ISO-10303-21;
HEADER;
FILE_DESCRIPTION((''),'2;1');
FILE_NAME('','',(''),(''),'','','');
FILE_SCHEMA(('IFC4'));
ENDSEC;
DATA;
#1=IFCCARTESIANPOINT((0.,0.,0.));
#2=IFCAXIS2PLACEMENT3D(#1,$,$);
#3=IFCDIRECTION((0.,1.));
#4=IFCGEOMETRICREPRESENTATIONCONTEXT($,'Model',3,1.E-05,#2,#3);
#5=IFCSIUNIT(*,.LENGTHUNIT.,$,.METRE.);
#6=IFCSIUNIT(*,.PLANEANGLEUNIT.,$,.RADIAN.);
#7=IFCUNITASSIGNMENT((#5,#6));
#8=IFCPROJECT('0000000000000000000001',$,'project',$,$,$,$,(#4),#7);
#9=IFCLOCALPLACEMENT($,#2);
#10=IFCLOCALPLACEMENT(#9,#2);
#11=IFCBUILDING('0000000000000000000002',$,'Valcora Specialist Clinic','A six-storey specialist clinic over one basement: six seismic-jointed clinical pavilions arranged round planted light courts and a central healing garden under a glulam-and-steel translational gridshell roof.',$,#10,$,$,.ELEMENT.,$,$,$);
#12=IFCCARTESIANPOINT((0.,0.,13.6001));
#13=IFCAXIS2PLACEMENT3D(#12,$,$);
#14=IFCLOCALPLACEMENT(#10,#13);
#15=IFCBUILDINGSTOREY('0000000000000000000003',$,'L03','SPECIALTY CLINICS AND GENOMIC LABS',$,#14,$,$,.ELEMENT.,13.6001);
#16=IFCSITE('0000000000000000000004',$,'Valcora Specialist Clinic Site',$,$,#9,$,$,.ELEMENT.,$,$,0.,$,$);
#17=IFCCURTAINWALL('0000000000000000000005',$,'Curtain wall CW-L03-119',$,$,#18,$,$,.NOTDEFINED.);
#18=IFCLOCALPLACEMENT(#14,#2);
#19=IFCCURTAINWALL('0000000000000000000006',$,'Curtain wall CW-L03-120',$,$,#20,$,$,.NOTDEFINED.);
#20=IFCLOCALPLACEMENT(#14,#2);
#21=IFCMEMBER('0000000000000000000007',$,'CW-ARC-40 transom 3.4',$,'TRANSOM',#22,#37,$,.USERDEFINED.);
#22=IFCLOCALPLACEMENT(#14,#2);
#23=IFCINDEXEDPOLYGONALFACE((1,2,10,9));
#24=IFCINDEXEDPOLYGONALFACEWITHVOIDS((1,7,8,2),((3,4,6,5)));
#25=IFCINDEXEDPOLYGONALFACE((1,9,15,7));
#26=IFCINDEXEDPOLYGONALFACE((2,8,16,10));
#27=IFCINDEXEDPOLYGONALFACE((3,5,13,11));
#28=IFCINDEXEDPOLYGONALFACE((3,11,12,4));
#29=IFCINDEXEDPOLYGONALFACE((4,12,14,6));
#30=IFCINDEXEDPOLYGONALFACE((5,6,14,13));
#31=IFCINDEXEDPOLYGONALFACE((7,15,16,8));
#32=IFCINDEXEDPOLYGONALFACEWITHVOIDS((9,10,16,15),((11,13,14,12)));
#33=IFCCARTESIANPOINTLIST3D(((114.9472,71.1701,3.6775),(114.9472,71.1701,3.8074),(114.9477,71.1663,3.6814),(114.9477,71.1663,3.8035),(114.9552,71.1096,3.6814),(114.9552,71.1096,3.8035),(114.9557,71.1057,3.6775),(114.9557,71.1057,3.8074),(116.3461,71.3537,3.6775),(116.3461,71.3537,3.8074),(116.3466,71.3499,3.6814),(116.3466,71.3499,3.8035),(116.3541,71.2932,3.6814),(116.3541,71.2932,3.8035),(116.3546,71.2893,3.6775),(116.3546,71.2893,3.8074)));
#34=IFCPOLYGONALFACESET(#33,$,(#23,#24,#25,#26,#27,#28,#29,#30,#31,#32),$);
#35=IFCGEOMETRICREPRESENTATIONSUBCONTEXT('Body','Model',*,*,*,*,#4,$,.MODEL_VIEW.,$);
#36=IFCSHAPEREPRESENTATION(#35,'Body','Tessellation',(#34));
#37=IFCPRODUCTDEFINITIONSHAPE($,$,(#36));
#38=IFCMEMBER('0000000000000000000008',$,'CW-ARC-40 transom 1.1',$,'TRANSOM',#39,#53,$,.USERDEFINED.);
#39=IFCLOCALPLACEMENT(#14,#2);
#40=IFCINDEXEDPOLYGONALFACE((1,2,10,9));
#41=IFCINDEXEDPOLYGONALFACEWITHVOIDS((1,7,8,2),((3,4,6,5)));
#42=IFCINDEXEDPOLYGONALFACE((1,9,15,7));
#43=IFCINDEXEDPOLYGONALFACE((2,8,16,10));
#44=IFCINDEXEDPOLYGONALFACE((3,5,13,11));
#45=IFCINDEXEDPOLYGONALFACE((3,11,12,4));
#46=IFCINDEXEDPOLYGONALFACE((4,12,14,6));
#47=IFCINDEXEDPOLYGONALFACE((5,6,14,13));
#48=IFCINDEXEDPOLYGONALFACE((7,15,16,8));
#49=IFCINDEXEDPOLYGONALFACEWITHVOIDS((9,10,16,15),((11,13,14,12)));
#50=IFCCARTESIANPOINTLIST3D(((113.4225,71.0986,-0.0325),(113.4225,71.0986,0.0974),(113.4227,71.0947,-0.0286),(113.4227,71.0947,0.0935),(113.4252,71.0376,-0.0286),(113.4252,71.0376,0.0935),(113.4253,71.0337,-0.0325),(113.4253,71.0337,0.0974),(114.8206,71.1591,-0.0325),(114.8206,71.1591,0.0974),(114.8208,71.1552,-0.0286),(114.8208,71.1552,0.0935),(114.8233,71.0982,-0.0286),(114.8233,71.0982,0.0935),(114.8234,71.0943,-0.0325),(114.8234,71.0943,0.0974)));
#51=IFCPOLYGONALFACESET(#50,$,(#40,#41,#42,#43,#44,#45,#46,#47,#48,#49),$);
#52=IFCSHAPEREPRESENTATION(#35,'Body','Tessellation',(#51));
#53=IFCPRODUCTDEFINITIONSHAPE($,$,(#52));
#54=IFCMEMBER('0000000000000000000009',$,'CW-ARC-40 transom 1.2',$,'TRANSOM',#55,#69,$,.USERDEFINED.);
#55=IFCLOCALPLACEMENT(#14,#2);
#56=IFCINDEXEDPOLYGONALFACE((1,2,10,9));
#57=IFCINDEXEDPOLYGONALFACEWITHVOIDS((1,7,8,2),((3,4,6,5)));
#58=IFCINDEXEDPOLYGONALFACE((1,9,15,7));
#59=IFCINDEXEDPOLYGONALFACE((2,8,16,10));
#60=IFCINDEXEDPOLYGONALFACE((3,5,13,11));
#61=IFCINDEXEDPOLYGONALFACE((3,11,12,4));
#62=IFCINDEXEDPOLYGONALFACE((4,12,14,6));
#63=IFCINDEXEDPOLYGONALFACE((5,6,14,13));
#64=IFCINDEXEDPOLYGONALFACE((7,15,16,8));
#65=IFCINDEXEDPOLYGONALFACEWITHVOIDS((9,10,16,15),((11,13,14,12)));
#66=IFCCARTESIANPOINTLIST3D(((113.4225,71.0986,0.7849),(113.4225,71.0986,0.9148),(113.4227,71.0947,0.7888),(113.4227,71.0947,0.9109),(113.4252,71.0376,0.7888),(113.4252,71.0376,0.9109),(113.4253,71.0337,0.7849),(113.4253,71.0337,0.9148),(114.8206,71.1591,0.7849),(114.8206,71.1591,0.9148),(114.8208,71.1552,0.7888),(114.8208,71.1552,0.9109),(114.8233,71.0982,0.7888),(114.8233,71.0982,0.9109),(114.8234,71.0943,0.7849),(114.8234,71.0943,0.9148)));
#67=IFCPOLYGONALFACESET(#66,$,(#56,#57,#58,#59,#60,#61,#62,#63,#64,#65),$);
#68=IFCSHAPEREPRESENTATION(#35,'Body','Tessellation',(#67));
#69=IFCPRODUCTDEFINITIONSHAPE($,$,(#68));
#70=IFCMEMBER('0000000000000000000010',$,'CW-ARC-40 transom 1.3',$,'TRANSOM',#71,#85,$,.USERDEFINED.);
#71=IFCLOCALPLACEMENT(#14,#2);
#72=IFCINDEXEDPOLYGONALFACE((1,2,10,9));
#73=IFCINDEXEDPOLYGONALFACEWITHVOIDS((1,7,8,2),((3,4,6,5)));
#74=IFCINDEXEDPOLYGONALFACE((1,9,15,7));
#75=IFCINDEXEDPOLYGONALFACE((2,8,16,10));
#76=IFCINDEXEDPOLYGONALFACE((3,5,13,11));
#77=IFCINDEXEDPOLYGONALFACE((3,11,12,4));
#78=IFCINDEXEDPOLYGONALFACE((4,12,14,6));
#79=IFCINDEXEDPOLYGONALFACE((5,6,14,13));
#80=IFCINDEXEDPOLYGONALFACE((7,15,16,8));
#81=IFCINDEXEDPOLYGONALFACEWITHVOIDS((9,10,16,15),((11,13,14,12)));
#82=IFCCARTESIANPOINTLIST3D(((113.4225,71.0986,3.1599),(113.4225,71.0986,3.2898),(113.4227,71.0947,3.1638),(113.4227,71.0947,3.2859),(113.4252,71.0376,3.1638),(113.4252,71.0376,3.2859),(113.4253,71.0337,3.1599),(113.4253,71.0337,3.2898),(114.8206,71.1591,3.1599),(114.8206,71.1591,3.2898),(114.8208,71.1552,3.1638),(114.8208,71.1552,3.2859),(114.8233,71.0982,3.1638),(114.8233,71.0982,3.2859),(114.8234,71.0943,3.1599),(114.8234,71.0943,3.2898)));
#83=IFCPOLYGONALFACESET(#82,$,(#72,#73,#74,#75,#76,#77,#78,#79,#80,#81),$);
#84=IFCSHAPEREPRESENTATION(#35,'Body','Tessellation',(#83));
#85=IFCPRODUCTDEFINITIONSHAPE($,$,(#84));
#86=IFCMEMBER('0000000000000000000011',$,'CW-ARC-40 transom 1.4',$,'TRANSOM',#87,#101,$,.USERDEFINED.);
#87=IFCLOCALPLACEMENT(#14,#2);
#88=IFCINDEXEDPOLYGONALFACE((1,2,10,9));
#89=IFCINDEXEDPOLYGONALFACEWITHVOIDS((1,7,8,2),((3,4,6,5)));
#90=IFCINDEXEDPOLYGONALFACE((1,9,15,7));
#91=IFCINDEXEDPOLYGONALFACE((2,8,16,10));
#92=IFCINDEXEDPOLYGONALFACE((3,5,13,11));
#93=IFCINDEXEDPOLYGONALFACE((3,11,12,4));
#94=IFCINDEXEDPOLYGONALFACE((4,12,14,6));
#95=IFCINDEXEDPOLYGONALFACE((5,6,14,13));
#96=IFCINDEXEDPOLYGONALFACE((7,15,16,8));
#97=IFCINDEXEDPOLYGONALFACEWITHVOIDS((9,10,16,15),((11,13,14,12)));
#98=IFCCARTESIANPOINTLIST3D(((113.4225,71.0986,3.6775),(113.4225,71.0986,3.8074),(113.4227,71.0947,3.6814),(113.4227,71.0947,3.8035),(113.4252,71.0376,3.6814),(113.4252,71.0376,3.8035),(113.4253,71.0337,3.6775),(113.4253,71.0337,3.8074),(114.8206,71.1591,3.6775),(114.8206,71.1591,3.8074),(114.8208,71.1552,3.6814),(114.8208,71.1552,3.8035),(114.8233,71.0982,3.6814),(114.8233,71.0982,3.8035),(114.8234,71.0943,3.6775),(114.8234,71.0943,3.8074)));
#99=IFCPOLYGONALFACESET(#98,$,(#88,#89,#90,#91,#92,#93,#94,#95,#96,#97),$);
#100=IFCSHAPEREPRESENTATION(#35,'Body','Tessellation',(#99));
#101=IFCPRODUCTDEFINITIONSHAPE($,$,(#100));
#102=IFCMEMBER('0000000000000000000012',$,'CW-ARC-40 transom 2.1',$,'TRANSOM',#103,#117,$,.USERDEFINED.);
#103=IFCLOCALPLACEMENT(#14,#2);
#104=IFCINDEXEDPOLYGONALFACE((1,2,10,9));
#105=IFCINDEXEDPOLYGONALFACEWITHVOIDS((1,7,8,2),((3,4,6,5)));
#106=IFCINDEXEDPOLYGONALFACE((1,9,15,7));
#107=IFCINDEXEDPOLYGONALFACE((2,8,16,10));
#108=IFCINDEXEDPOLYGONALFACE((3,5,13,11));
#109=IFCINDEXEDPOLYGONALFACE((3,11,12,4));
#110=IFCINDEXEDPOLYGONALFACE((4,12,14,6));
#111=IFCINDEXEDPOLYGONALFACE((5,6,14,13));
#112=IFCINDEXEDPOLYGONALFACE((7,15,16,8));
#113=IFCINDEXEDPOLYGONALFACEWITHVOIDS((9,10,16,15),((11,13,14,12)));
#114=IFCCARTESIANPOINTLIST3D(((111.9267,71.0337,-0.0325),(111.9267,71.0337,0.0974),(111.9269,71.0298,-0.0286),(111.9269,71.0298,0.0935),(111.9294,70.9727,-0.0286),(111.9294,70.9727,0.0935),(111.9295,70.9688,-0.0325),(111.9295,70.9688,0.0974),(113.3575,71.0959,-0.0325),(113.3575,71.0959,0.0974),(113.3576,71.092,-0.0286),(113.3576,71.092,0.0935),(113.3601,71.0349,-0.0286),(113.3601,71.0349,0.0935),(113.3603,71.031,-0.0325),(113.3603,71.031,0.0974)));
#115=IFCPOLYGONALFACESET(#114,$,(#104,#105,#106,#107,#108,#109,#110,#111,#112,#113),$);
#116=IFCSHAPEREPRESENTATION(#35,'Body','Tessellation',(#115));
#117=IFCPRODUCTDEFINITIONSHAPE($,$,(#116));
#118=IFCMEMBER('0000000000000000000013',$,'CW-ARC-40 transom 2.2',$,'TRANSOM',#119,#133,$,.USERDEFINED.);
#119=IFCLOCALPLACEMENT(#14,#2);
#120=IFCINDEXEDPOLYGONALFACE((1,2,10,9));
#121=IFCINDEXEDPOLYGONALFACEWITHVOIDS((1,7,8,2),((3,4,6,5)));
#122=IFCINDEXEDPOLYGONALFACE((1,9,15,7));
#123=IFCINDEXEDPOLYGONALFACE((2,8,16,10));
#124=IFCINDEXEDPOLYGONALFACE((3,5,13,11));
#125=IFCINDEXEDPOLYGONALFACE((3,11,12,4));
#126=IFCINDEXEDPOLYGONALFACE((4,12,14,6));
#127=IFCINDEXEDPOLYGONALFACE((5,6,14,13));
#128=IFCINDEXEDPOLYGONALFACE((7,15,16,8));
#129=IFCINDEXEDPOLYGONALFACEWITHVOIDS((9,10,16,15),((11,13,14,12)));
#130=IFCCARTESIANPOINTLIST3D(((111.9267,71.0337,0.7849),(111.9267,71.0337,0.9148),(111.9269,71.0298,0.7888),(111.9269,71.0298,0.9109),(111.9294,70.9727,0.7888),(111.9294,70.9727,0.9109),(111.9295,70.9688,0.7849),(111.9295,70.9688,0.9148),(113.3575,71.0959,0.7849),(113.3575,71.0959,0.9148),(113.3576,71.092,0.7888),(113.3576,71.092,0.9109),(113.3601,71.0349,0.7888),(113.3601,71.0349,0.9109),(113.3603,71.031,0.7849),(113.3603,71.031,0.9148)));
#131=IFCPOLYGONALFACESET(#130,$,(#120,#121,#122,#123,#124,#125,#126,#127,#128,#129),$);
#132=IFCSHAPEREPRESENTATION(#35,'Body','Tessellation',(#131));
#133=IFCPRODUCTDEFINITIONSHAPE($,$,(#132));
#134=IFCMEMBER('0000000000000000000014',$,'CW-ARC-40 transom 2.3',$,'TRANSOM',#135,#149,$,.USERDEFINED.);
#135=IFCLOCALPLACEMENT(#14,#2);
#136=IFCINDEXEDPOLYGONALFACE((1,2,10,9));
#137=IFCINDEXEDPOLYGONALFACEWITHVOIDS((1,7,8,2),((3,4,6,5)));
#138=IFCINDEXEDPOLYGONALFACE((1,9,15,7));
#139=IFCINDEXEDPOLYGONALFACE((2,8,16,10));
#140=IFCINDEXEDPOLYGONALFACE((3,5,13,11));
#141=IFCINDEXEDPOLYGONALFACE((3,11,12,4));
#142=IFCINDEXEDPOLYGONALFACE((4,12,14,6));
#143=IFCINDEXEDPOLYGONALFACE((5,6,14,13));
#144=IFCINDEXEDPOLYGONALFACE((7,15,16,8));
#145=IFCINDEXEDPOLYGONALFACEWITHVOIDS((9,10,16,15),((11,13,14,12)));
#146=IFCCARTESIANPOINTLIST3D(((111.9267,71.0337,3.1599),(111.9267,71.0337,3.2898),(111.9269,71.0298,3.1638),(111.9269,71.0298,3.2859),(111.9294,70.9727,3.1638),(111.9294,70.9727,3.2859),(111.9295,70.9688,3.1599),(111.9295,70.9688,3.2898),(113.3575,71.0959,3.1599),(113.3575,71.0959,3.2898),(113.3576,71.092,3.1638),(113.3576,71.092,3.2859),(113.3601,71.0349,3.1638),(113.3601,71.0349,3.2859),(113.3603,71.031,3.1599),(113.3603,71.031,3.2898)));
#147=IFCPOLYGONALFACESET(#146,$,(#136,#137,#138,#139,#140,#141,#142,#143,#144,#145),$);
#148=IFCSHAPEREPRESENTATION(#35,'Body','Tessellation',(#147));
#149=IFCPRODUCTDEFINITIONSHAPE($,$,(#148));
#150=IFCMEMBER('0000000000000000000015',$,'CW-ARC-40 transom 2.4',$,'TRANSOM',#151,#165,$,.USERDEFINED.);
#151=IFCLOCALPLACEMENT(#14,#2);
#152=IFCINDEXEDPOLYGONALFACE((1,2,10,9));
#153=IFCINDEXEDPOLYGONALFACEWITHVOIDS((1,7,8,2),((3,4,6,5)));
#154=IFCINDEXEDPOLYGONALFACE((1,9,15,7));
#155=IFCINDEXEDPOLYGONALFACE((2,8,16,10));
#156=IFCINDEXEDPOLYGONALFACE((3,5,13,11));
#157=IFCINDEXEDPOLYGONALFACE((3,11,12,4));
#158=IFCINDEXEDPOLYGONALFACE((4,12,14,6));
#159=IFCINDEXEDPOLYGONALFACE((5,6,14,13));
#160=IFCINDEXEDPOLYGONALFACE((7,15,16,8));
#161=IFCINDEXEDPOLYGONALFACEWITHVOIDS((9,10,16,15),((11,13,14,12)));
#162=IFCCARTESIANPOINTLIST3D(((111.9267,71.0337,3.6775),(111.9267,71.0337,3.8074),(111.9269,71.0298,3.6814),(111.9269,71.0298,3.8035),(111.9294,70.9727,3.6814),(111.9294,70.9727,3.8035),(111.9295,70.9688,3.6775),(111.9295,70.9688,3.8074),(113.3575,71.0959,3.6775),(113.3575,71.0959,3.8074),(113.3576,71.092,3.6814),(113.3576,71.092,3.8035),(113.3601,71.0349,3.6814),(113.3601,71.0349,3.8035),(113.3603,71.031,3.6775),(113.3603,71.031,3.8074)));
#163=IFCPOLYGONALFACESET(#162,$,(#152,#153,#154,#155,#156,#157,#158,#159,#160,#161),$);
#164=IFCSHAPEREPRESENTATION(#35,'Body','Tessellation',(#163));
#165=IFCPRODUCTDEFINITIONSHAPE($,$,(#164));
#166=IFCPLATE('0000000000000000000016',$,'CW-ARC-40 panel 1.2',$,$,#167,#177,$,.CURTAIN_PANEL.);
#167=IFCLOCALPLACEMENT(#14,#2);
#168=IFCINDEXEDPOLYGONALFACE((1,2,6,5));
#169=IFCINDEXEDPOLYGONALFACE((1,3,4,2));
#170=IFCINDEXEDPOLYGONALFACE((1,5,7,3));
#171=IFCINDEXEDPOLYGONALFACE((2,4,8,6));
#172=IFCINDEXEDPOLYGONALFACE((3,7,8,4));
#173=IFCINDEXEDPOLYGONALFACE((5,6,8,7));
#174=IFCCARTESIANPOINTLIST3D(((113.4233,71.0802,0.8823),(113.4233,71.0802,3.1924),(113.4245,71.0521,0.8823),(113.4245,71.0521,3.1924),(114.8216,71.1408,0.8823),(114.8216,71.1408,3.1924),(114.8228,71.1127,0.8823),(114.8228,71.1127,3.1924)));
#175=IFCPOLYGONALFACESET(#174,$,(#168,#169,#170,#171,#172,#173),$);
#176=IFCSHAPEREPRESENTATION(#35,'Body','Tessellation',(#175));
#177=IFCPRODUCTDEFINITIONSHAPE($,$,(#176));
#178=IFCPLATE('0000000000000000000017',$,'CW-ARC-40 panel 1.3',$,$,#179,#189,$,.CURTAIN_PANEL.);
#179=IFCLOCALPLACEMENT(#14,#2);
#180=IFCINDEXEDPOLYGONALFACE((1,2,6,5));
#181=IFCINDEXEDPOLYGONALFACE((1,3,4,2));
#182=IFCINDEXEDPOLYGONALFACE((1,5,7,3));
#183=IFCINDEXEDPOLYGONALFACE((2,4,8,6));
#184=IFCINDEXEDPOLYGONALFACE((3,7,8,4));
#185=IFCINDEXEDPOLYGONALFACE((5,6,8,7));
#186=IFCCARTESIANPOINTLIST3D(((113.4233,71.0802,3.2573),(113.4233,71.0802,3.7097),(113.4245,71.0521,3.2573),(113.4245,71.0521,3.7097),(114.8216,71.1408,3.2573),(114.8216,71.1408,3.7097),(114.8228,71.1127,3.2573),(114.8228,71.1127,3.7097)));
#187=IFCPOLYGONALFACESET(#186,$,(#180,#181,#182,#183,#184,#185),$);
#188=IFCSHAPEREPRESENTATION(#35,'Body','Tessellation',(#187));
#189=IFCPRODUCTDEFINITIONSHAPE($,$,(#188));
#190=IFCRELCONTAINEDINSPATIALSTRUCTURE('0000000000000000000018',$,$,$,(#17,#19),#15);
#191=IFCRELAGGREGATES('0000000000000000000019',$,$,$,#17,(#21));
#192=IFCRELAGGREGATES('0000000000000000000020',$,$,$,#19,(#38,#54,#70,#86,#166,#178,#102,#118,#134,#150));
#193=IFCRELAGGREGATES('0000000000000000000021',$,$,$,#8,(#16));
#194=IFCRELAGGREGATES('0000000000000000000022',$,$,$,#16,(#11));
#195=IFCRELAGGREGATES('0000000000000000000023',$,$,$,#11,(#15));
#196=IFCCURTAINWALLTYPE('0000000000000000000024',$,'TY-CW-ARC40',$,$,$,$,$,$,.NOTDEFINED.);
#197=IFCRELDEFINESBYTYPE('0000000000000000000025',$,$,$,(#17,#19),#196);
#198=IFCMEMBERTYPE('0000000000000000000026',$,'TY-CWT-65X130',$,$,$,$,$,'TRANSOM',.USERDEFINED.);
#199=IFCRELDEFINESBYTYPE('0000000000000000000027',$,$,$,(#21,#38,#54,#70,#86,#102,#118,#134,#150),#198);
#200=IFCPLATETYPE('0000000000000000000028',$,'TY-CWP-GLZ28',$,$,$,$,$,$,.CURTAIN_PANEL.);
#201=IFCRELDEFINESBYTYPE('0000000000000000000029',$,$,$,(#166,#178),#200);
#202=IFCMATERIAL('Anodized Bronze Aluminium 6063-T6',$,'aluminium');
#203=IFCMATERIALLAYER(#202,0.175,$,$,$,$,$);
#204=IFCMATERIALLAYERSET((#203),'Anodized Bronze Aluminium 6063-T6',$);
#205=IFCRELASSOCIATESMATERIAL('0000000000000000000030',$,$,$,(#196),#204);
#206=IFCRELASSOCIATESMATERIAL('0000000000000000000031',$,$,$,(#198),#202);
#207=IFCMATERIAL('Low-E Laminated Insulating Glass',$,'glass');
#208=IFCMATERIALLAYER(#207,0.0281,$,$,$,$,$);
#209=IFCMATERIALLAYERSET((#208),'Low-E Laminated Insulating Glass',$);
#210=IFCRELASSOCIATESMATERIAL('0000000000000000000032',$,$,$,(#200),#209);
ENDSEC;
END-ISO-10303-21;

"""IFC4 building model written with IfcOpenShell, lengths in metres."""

from ifc_helpers import new_model, si_unit, direction, frame, origin, origin_2d, place, context, subcontext, project, spatial, rectangle, hollow_rectangle, extrude, material, layer, layer_set, material_profile, profile_set, type_object, element, aggregate, save


model = new_model("IFC4")

# Units and contexts
model_context = context("Model", 3, precision=1e-05, world=origin(), true_north=direction((0.0, 1.0)))
body_context = subcontext(model_context, "Body", "Model", "MODEL_VIEW")
ifc_project = project(units=[si_unit("LENGTHUNIT", "METRE"), si_unit("PLANEANGLEUNIT", "RADIAN")], contexts=[model_context])

# Site, building, storey
site_placement = place(None, origin())
site = spatial("IfcSite", under=ifc_project, at=site_placement, Name="Valcora Specialist Clinic Site", CompositionType="ELEMENT", RefElevation=0.0)
building_placement = place(site_placement, origin())
building = spatial("IfcBuilding", under=site, at=building_placement, Name="Valcora Specialist Clinic", Description="A six-storey specialist clinic over one basement: six seismic-jointed clinical pavilions arranged round planted light courts and a central healing garden under a glulam-and-steel translational gridshell roof.", CompositionType="ELEMENT")
storey_placement = place(building_placement, frame((0.0, 0.0, 13.6001)))
storey = spatial("IfcBuildingStorey", under=building, at=storey_placement, Name="L03", Description="SPECIALTY CLINICS AND GENOMIC LABS", CompositionType="ELEMENT", Elevation=13.6001)

# Curtain walls
ifc_material_1 = material(Name="Anodized Bronze Aluminium 6063-T6", Category="aluminium")
ifc_layer_1 = layer(ifc_material_1, 0.175)
ifc_layer_set_1 = layer_set([ifc_layer_1], Name="Anodized Bronze Aluminium 6063-T6")
curtain_wall_type = type_object("IfcCurtainWallType", Name="TY-CW-ARC40", PredefinedType="NOTDEFINED", material=ifc_layer_set_1)
curtain_wall_1_placement = place(storey_placement, origin())
curtain_wall_1 = element("IfcCurtainWall", 1, at=curtain_wall_1_placement, inside=storey, type_object=curtain_wall_type, Name="Curtain wall CW-L03-119", PredefinedType="NOTDEFINED")
curtain_wall_2_placement = place(storey_placement, origin())
curtain_wall_2 = element("IfcCurtainWall", 2, at=curtain_wall_2_placement, inside=storey, type_object=curtain_wall_type, Name="Curtain wall CW-L03-120", PredefinedType="NOTDEFINED")

# Members
ifc_material_profile_1 = material_profile(ifc_material_1, hollow_rectangle(XDim=0.0649, YDim=0.1299, WallThickness=0.0039, at=origin_2d()), Name="AL-TRN-65X130")
ifc_profile_set_1 = profile_set([ifc_material_profile_1], Name="Anodized Bronze Aluminium 6063-T6")
member_type_1 = type_object("IfcMemberType", Name="TY-CWT-65X130", ElementType="TRANSOM", PredefinedType="USERDEFINED", material=ifc_profile_set_1)
member_1_placement = place(storey_placement, frame((116.3503, 71.3215, 3.7424), z_axis=(-0.991498, -0.130123, 0.0), x_axis=(0.130123, -0.991498, 0.0)))
member_1 = element("IfcMember", 3, at=member_1_placement, type_object=member_type_1, Name="CW-ARC-40 transom 3.4", ObjectType="TRANSOM", PredefinedType="USERDEFINED", context=body_context, shape_type="SweptSolid", body=[
    extrude(hollow_rectangle(XDim=0.0649, YDim=0.1299, WallThickness=0.0039, at=origin_2d()), origin(), (0.0, 0.0, 1.0), 1.4109),
])
member_2_placement = place(storey_placement, frame((114.822, 71.1267, 0.0325), z_axis=(-0.999064, -0.043263, 0.0), x_axis=(0.043263, -0.999064, 0.0)))
member_2 = element("IfcMember", 4, at=member_2_placement, type_object=member_type_1, Name="CW-ARC-40 transom 1.1", ObjectType="TRANSOM", PredefinedType="USERDEFINED", context=body_context, shape_type="SweptSolid", body=[
    extrude(hollow_rectangle(XDim=0.0649, YDim=0.1299, WallThickness=0.0039, at=origin_2d()), origin(), (0.0, 0.0, 1.0), 1.3994),
])
member_3_placement = place(storey_placement, frame((114.822, 71.1267, 0.8499), z_axis=(-0.999064, -0.043263, 0.0), x_axis=(0.043263, -0.999064, 0.0)))
member_3 = element("IfcMember", 5, at=member_3_placement, type_object=member_type_1, Name="CW-ARC-40 transom 1.2", ObjectType="TRANSOM", PredefinedType="USERDEFINED", context=body_context, shape_type="SweptSolid", body=[
    extrude(hollow_rectangle(XDim=0.0649, YDim=0.1299, WallThickness=0.0039, at=origin_2d()), origin(), (0.0, 0.0, 1.0), 1.3994),
])
member_4_placement = place(storey_placement, frame((114.822, 71.1267, 3.2249), z_axis=(-0.999064, -0.043263, 0.0), x_axis=(0.043263, -0.999064, 0.0)))
member_4 = element("IfcMember", 6, at=member_4_placement, type_object=member_type_1, Name="CW-ARC-40 transom 1.3", ObjectType="TRANSOM", PredefinedType="USERDEFINED", context=body_context, shape_type="SweptSolid", body=[
    extrude(hollow_rectangle(XDim=0.0649, YDim=0.1299, WallThickness=0.0039, at=origin_2d()), origin(), (0.0, 0.0, 1.0), 1.3994),
])
member_5_placement = place(storey_placement, frame((114.822, 71.1267, 3.7424), z_axis=(-0.999064, -0.043263, 0.0), x_axis=(0.043263, -0.999064, 0.0)))
member_5 = element("IfcMember", 7, at=member_5_placement, type_object=member_type_1, Name="CW-ARC-40 transom 1.4", ObjectType="TRANSOM", PredefinedType="USERDEFINED", context=body_context, shape_type="SweptSolid", body=[
    extrude(hollow_rectangle(XDim=0.0649, YDim=0.1299, WallThickness=0.0039, at=origin_2d()), origin(), (0.0, 0.0, 1.0), 1.3994),
])
member_6_placement = place(storey_placement, frame((113.3589, 71.0635, 0.0325), z_axis=(-0.999055, -0.043474, 0.0), x_axis=(0.043474, -0.999055, 0.0)))
member_6 = element("IfcMember", 8, at=member_6_placement, type_object=member_type_1, Name="CW-ARC-40 transom 2.1", ObjectType="TRANSOM", PredefinedType="USERDEFINED", context=body_context, shape_type="SweptSolid", body=[
    extrude(hollow_rectangle(XDim=0.0649, YDim=0.1299, WallThickness=0.0039, at=origin_2d()), origin(), (0.0, 0.0, 1.0), 1.4321),
])
member_7_placement = place(storey_placement, frame((113.3589, 71.0635, 0.8499), z_axis=(-0.999055, -0.043474, 0.0), x_axis=(0.043474, -0.999055, 0.0)))
member_7 = element("IfcMember", 9, at=member_7_placement, type_object=member_type_1, Name="CW-ARC-40 transom 2.2", ObjectType="TRANSOM", PredefinedType="USERDEFINED", context=body_context, shape_type="SweptSolid", body=[
    extrude(hollow_rectangle(XDim=0.0649, YDim=0.1299, WallThickness=0.0039, at=origin_2d()), origin(), (0.0, 0.0, 1.0), 1.4321),
])
member_8_placement = place(storey_placement, frame((113.3589, 71.0635, 3.2249), z_axis=(-0.999055, -0.043474, 0.0), x_axis=(0.043474, -0.999055, 0.0)))
member_8 = element("IfcMember", 10, at=member_8_placement, type_object=member_type_1, Name="CW-ARC-40 transom 2.3", ObjectType="TRANSOM", PredefinedType="USERDEFINED", context=body_context, shape_type="SweptSolid", body=[
    extrude(hollow_rectangle(XDim=0.0649, YDim=0.1299, WallThickness=0.0039, at=origin_2d()), origin(), (0.0, 0.0, 1.0), 1.4321),
])
member_9_placement = place(storey_placement, frame((113.3589, 71.0635, 3.7424), z_axis=(-0.999055, -0.043474, 0.0), x_axis=(0.043474, -0.999055, 0.0)))
member_9 = element("IfcMember", 11, at=member_9_placement, type_object=member_type_1, Name="CW-ARC-40 transom 2.4", ObjectType="TRANSOM", PredefinedType="USERDEFINED", context=body_context, shape_type="SweptSolid", body=[
    extrude(hollow_rectangle(XDim=0.0649, YDim=0.1299, WallThickness=0.0039, at=origin_2d()), origin(), (0.0, 0.0, 1.0), 1.4321),
])

# Plates
ifc_material_2 = material(Name="Low-E Laminated Insulating Glass", Category="glass")
ifc_layer_2 = layer(ifc_material_2, 0.0281)
ifc_layer_set_2 = layer_set([ifc_layer_2], Name="Low-E Laminated Insulating Glass")
plate_type_1 = type_object("IfcPlateType", Name="TY-CWP-GLZ28", PredefinedType="CURTAIN_PANEL", material=ifc_layer_set_2)
plate_1_placement = place(storey_placement, frame((114.123, 71.0964, 0.8823), z_axis=(0.0, 0.0, 1.0), x_axis=(-0.999062, -0.043307, 0.0)))
plate_1 = element("IfcPlate", 12, at=plate_1_placement, type_object=plate_type_1, Name="CW-ARC-40 panel 1.2", PredefinedType="CURTAIN_PANEL", context=body_context, shape_type="SweptSolid", body=[
    extrude(rectangle(XDim=1.3997, YDim=0.0281, at=origin_2d()), origin(), (0.0, 0.0, 1.0), 2.3101),
])
plate_2_placement = place(storey_placement, frame((114.123, 71.0964, 3.2573), z_axis=(0.0, 0.0, 1.0), x_axis=(-0.999062, -0.043307, 0.0)))
plate_2 = element("IfcPlate", 13, at=plate_2_placement, type_object=plate_type_1, Name="CW-ARC-40 panel 1.3", PredefinedType="CURTAIN_PANEL", context=body_context, shape_type="SweptSolid", body=[
    extrude(rectangle(XDim=1.3997, YDim=0.0281, at=origin_2d()), origin(), (0.0, 0.0, 1.0), 0.4524),
])
aggregate(curtain_wall_1, [member_1])
aggregate(curtain_wall_2, [member_2, member_3, member_4, member_5, plate_1, plate_2, member_6, member_7, member_8, member_9])

save(model, "model.ifc")
